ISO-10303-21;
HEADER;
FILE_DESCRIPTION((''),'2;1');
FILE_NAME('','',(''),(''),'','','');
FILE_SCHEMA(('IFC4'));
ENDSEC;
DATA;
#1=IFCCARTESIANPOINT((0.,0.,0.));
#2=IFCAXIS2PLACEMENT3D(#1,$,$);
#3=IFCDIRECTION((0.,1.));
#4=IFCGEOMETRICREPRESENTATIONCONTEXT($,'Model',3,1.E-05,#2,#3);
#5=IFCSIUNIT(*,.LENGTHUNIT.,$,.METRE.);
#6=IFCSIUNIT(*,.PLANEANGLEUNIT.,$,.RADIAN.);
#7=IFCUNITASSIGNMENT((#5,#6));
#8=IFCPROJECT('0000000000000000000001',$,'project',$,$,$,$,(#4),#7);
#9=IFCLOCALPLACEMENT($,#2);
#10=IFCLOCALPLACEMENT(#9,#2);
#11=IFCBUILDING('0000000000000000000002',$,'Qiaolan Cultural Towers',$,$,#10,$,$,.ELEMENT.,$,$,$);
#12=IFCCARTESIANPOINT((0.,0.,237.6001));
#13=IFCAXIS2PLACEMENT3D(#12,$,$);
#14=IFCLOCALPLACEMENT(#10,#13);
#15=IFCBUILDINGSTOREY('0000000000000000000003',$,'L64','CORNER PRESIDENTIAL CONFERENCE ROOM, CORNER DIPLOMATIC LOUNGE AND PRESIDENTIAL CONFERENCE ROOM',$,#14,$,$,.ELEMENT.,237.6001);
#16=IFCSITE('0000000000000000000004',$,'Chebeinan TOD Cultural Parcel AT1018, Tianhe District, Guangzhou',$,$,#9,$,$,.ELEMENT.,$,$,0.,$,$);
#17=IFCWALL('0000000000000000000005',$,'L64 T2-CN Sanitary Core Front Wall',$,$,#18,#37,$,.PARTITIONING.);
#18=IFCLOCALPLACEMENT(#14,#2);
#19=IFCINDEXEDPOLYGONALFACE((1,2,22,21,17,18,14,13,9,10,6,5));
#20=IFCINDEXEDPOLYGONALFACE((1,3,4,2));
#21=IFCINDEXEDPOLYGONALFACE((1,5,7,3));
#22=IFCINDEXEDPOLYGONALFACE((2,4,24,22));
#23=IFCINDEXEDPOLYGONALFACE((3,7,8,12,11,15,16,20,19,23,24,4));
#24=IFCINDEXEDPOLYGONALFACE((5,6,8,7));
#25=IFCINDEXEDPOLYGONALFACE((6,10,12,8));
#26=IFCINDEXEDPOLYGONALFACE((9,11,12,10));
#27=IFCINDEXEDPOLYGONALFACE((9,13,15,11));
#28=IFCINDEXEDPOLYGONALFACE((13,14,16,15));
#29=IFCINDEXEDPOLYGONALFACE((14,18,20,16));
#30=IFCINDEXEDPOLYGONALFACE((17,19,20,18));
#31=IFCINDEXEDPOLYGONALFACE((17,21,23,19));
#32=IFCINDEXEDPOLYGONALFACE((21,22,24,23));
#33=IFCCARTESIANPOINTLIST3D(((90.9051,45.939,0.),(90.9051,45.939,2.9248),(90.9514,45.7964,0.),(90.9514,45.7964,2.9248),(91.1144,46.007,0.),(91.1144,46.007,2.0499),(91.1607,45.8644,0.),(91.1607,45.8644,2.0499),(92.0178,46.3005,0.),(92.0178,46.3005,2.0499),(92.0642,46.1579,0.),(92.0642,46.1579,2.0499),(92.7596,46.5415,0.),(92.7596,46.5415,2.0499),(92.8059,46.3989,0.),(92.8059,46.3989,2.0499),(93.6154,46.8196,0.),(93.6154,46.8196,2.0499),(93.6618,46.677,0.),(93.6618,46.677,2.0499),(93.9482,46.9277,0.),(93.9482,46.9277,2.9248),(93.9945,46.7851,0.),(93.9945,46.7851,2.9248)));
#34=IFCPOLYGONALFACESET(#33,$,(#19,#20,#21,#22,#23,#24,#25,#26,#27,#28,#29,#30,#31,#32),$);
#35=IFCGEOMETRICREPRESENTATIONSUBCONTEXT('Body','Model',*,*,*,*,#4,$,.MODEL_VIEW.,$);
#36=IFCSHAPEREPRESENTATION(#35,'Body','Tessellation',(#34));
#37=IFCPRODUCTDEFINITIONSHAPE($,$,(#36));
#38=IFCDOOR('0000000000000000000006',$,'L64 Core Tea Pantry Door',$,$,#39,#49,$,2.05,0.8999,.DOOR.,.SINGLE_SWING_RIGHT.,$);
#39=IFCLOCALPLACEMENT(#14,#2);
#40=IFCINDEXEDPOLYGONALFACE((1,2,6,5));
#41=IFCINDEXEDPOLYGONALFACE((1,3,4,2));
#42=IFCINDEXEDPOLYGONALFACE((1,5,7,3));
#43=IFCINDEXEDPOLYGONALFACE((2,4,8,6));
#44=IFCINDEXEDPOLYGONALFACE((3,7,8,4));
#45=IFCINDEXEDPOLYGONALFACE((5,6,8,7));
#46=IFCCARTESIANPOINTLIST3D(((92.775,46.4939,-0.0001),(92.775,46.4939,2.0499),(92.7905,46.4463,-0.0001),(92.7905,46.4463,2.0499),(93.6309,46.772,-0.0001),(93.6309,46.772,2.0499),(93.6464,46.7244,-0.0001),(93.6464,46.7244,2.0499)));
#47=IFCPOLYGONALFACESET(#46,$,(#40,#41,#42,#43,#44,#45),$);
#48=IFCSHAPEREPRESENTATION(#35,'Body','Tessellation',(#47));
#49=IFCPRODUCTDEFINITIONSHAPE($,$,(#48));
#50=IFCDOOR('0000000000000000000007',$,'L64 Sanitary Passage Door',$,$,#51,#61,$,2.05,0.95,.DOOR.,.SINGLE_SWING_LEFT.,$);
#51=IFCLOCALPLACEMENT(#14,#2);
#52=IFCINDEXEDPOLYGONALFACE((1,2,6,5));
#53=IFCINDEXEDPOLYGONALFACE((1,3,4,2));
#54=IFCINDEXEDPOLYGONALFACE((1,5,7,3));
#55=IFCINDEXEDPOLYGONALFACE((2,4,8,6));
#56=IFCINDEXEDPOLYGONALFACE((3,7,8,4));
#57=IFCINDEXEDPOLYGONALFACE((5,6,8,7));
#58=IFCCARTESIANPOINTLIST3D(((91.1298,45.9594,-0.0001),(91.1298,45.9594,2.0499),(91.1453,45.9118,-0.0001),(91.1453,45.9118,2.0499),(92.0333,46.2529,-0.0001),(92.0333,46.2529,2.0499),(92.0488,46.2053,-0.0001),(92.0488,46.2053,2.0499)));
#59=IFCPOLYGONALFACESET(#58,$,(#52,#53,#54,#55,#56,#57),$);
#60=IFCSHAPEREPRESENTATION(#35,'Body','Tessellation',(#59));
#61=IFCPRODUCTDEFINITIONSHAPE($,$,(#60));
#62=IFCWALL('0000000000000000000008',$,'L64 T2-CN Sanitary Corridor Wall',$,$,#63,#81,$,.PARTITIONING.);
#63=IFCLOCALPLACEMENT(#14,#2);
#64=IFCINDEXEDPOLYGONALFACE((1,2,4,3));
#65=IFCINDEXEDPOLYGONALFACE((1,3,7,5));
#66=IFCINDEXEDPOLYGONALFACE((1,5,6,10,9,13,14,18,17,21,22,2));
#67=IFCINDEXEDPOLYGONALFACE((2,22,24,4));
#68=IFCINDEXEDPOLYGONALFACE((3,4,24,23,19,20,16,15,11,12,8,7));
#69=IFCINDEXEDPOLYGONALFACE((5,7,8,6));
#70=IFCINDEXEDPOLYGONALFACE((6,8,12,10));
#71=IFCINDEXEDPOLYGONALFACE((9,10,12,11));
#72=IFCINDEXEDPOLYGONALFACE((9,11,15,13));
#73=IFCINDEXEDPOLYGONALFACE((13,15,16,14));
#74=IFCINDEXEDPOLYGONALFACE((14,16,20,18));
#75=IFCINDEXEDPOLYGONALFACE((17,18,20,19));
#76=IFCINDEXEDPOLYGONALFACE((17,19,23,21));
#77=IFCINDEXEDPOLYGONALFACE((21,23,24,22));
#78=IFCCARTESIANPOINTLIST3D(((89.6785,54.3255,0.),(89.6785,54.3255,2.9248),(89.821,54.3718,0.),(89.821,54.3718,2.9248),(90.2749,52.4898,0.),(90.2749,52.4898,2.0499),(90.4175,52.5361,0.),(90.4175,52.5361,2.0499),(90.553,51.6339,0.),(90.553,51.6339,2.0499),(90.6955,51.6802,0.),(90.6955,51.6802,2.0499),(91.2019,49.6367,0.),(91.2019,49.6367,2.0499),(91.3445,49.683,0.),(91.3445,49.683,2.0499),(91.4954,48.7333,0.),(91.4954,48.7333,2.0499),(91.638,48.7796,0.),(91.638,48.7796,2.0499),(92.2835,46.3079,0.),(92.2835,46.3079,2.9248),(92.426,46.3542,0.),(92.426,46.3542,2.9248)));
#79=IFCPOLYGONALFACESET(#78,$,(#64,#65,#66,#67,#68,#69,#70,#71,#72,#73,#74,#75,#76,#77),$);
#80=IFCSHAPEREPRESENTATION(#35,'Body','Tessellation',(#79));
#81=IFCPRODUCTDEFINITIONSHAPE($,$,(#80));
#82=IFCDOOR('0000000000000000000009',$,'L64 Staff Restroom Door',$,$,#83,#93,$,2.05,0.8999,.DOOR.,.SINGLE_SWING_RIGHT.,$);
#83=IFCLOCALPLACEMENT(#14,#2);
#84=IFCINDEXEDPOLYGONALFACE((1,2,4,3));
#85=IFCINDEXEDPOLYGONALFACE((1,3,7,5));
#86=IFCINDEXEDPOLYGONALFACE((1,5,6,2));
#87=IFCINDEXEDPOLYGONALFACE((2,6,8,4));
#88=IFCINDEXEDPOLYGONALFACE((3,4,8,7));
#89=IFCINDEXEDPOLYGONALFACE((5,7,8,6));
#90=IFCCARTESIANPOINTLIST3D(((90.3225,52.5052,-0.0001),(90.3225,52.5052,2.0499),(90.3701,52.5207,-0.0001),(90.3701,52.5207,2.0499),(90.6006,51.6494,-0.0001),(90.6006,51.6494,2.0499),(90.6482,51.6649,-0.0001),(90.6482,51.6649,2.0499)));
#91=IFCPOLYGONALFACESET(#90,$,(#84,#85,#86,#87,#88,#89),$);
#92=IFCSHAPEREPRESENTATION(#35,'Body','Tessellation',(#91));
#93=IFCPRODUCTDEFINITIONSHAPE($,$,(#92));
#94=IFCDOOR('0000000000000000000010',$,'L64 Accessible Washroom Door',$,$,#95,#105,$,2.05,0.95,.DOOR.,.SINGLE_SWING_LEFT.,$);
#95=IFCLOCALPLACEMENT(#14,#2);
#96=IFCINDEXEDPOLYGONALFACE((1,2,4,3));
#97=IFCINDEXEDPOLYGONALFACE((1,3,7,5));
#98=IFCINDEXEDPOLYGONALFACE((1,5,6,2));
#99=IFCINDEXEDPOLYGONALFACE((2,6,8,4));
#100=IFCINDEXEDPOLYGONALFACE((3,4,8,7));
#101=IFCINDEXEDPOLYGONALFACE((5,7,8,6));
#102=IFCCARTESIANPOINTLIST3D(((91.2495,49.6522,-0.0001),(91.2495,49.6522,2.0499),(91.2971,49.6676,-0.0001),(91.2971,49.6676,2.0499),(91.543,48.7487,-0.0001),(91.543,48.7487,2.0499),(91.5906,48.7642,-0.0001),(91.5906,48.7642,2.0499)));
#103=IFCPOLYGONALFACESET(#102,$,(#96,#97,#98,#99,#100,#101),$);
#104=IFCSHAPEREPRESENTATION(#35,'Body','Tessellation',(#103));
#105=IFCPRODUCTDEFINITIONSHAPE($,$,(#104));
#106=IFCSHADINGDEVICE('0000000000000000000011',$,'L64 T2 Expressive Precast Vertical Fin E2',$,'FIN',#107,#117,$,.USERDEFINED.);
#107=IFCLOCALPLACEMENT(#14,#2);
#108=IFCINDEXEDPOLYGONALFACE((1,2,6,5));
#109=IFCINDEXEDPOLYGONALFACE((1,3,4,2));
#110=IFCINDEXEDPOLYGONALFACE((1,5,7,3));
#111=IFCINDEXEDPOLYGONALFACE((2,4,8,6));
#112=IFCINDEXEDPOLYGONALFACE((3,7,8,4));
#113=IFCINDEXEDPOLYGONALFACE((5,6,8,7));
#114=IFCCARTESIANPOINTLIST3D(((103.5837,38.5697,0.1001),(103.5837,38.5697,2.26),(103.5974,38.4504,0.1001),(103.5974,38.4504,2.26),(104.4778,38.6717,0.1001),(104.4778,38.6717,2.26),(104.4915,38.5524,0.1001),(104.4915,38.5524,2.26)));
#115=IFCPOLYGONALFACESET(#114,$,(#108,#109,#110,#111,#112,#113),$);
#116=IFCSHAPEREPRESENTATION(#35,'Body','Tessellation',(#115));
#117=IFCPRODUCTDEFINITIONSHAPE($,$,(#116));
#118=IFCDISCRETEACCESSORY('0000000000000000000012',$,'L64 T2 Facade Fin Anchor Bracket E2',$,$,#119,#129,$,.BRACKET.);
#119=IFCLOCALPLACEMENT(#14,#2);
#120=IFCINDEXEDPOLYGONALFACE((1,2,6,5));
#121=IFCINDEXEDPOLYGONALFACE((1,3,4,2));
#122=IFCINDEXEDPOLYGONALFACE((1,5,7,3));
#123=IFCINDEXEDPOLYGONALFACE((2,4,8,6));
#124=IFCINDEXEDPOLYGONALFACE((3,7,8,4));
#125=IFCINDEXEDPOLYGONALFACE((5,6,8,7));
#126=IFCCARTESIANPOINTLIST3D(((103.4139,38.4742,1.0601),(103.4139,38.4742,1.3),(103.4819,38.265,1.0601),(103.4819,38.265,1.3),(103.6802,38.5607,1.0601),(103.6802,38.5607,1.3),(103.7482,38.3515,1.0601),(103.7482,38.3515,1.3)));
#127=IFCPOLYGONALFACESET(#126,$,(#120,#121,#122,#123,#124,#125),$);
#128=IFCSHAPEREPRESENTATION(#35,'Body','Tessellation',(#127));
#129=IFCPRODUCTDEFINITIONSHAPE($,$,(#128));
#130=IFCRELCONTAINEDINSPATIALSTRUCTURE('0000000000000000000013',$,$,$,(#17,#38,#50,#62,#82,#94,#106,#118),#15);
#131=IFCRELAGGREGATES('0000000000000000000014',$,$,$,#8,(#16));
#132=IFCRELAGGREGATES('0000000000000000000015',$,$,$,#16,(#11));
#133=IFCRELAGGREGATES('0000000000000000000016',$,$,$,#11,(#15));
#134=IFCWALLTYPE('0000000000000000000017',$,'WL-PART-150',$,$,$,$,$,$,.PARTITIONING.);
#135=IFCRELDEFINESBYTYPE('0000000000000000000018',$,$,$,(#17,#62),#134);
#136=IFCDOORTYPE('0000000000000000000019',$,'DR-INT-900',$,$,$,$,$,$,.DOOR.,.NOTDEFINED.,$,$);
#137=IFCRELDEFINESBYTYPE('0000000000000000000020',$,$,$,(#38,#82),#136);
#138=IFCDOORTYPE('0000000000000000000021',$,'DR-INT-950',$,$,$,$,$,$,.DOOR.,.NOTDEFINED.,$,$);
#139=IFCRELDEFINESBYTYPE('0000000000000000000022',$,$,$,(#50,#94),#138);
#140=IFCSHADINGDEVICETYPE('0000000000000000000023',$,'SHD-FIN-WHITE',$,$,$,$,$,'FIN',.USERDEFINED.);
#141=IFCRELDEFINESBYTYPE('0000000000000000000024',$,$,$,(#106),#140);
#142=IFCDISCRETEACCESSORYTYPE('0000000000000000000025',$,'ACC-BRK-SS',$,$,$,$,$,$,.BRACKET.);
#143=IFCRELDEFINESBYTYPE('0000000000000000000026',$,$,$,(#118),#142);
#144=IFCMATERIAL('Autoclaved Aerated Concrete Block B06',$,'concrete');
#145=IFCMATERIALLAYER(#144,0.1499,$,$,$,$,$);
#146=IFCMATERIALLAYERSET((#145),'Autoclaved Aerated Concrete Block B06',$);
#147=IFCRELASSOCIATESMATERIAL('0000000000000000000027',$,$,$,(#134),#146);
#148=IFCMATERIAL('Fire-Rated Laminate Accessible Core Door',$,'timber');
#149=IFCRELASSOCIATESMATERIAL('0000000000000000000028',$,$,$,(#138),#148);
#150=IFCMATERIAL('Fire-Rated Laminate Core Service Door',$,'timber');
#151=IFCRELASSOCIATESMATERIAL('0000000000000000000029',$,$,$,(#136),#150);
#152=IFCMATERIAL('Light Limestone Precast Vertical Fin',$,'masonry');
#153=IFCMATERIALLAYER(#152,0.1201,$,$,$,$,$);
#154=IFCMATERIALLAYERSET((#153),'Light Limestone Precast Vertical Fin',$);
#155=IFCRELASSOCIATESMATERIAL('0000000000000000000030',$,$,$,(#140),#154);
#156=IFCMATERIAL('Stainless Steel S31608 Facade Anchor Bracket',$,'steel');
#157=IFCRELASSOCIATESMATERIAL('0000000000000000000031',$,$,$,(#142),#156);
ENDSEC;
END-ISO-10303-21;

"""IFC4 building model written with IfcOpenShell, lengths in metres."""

from ifc_helpers import new_model, si_unit, direction, frame, frame_2d, origin, origin_2d, place, context, subcontext, project, spatial, rectangle, extrude, material, layer, layer_set, type_object, element, fill, save


model = new_model("IFC4")

# Units and contexts
model_context = context("Model", 3, precision=1e-05, world=origin(), true_north=direction((0.0, 1.0)))
body_context = subcontext(model_context, "Body", "Model", "MODEL_VIEW")
ifc_project = project(units=[si_unit("LENGTHUNIT", "METRE"), si_unit("PLANEANGLEUNIT", "RADIAN")], contexts=[model_context])

# Site, building, storey
site_placement = place(None, origin())
site = spatial("IfcSite", under=ifc_project, at=site_placement, Name="Chebeinan TOD Cultural Parcel AT1018, Tianhe District, Guangzhou", CompositionType="ELEMENT", RefElevation=0.0)
building_placement = place(site_placement, origin())
building = spatial("IfcBuilding", under=site, at=building_placement, Name="Qiaolan Cultural Towers", CompositionType="ELEMENT")
storey_placement = place(building_placement, frame((0.0, 0.0, 237.6001)))
storey = spatial("IfcBuildingStorey", under=building, at=storey_placement, Name="L64", Description="CORNER PRESIDENTIAL CONFERENCE ROOM, CORNER DIPLOMATIC LOUNGE AND PRESIDENTIAL CONFERENCE ROOM", CompositionType="ELEMENT", Elevation=237.6001)

# Walls, openings, doors
ifc_material_1 = material(Name="Autoclaved Aerated Concrete Block B06", Category="concrete")
ifc_layer_1 = layer(ifc_material_1, 0.1499)
ifc_layer_set_1 = layer_set([ifc_layer_1], Name="Autoclaved Aerated Concrete Block B06")
wall_type_1 = type_object("IfcWallType", Name="WL-PART-150", PredefinedType="PARTITIONING", material=ifc_layer_set_1)
ifc_material_2 = material(Name="Fire-Rated Laminate Accessible Core Door", Category="timber")
door_type_1 = type_object("IfcDoorType", Name="DR-INT-950", OperationType="NOTDEFINED", PredefinedType="DOOR", material=ifc_material_2)
wall_1_placement = place(storey_placement, frame((90.9282, 45.8677, 0.0), z_axis=(0.0, 0.0, 1.0), x_axis=(0.951059, 0.309008, 0.0)))
wall_1 = element("IfcWall", 1, at=wall_1_placement, inside=storey, type_object=wall_type_1, Name="L64 T2-CN Sanitary Core Front Wall", PredefinedType="PARTITIONING", context=body_context, shape_type="SweptSolid", body=[
    extrude(rectangle(XDim=3.1997, YDim=0.1499, at=frame_2d((1.5999, 0.0))), origin(), (0.0, 0.0, 1.0), 2.9248),
])
opening_1_placement = place(wall_1_placement, frame((0.22, 0.0, 0.0)))
opening_1 = element("IfcOpeningElement", 2, at=opening_1_placement, cuts=wall_1, PredefinedType="OPENING", context=body_context, shape_type="SweptSolid", body=[
    extrude(rectangle(XDim=0.95, YDim=2.05, at=frame_2d((0.4751, 1.0249))), frame((0.0, 0.085, 0.0), z_axis=(0.0, -1.0, 0.0), x_axis=(1.0, 0.0, 0.0)), (0.0, 0.0, 1.0), 0.1699),
])
opening_2_placement = place(wall_1_placement, frame((1.95, 0.0, 0.0)))
opening_2 = element("IfcOpeningElement", 3, at=opening_2_placement, cuts=wall_1, PredefinedType="OPENING", context=body_context, shape_type="SweptSolid", body=[
    extrude(rectangle(XDim=0.8999, YDim=2.05, at=frame_2d((0.45, 1.0249))), frame((0.0, 0.085, 0.0), z_axis=(0.0, -1.0, 0.0), x_axis=(1.0, 0.0, 0.0)), (0.0, 0.0, 1.0), 0.1699),
])
ifc_material_3 = material(Name="Fire-Rated Laminate Core Service Door", Category="timber")
door_type_2 = type_object("IfcDoorType", Name="DR-INT-900", OperationType="NOTDEFINED", PredefinedType="DOOR", material=ifc_material_3)
door_1_placement = place(opening_2_placement, origin())
door_1 = element("IfcDoor", 4, at=door_1_placement, inside=storey, type_object=door_type_2, Name="L64 Core Tea Pantry Door", OperationType="SINGLE_SWING_RIGHT", OverallHeight=2.05, OverallWidth=0.8999, PredefinedType="DOOR", context=body_context, shape_type="SweptSolid", body=[
    extrude(rectangle(XDim=0.8999, YDim=2.05, at=frame_2d((0.45, 1.0249))), frame((0.0, 0.0249, 0.0), z_axis=(0.0, -1.0, 0.0), x_axis=(1.0, 0.0, 0.0)), (0.0, 0.0, 1.0), 0.05),
])
fill(opening_2, door_1)
door_2_placement = place(opening_1_placement, origin())
door_2 = element("IfcDoor", 5, at=door_2_placement, inside=storey, type_object=door_type_1, Name="L64 Sanitary Passage Door", OperationType="SINGLE_SWING_LEFT", OverallHeight=2.05, OverallWidth=0.95, PredefinedType="DOOR", context=body_context, shape_type="SweptSolid", body=[
    extrude(rectangle(XDim=0.95, YDim=2.05, at=frame_2d((0.4751, 1.0249))), frame((0.0, 0.0249, 0.0), z_axis=(0.0, -1.0, 0.0), x_axis=(1.0, 0.0, 0.0)), (0.0, 0.0, 1.0), 0.05),
])
fill(opening_1, door_2)
wall_2_placement = place(storey_placement, frame((92.3547, 46.3311, 0.0), z_axis=(0.0, 0.0, 1.0), x_axis=(-0.309007, 0.95106, 0.0)))
wall_2 = element("IfcWall", 6, at=wall_2_placement, inside=storey, type_object=wall_type_1, Name="L64 T2-CN Sanitary Corridor Wall", PredefinedType="PARTITIONING", context=body_context, shape_type="SweptSolid", body=[
    extrude(rectangle(XDim=8.4302, YDim=0.1499, at=frame_2d((4.2151, 0.0))), origin(), (0.0, 0.0, 1.0), 2.9248),
])
opening_3_placement = place(wall_2_placement, frame((2.55, 0.0, 0.0)))
opening_3 = element("IfcOpeningElement", 7, at=opening_3_placement, cuts=wall_2, PredefinedType="OPENING", context=body_context, shape_type="SweptSolid", body=[
    extrude(rectangle(XDim=0.95, YDim=2.05, at=frame_2d((0.4751, 1.0249))), frame((0.0, 0.085, 0.0), z_axis=(0.0, -1.0, 0.0), x_axis=(1.0, 0.0, 0.0)), (0.0, 0.0, 1.0), 0.1699),
])
opening_4_placement = place(wall_2_placement, frame((5.6001, 0.0, 0.0)))
opening_4 = element("IfcOpeningElement", 8, at=opening_4_placement, cuts=wall_2, PredefinedType="OPENING", context=body_context, shape_type="SweptSolid", body=[
    extrude(rectangle(XDim=0.8999, YDim=2.05, at=frame_2d((0.45, 1.0249))), frame((0.0, 0.085, 0.0), z_axis=(0.0, -1.0, 0.0), x_axis=(1.0, 0.0, 0.0)), (0.0, 0.0, 1.0), 0.1699),
])
door_3_placement = place(opening_4_placement, origin())
door_3 = element("IfcDoor", 9, at=door_3_placement, inside=storey, type_object=door_type_2, Name="L64 Staff Restroom Door", OperationType="SINGLE_SWING_RIGHT", OverallHeight=2.05, OverallWidth=0.8999, PredefinedType="DOOR", context=body_context, shape_type="SweptSolid", body=[
    extrude(rectangle(XDim=0.8999, YDim=2.05, at=frame_2d((0.45, 1.0249))), frame((0.0, 0.0249, 0.0), z_axis=(0.0, -1.0, 0.0), x_axis=(1.0, 0.0, 0.0)), (0.0, 0.0, 1.0), 0.05),
])
fill(opening_4, door_3)
door_4_placement = place(opening_3_placement, origin())
door_4 = element("IfcDoor", 10, at=door_4_placement, inside=storey, type_object=door_type_1, Name="L64 Accessible Washroom Door", OperationType="SINGLE_SWING_LEFT", OverallHeight=2.05, OverallWidth=0.95, PredefinedType="DOOR", context=body_context, shape_type="SweptSolid", body=[
    extrude(rectangle(XDim=0.95, YDim=2.05, at=frame_2d((0.4751, 1.0249))), frame((0.0, 0.0249, 0.0), z_axis=(0.0, -1.0, 0.0), x_axis=(1.0, 0.0, 0.0)), (0.0, 0.0, 1.0), 0.05),
])
fill(opening_3, door_4)

# Shading device
ifc_material_4 = material(Name="Light Limestone Precast Vertical Fin", Category="masonry")
ifc_layer_2 = layer(ifc_material_4, 0.1201)
ifc_layer_set_2 = layer_set([ifc_layer_2], Name="Light Limestone Precast Vertical Fin")
shading_device_type = type_object("IfcShadingDeviceType", Name="SHD-FIN-WHITE", ElementType="FIN", PredefinedType="USERDEFINED", material=ifc_layer_set_2)
shading_device_placement = place(storey_placement, frame((104.0376, 38.561, 0.1001), z_axis=(0.0, 0.0, 1.0), x_axis=(0.993553, 0.113365, 0.0)))
element("IfcShadingDevice", 11, at=shading_device_placement, inside=storey, type_object=shading_device_type, Name="L64 T2 Expressive Precast Vertical Fin E2", ObjectType="FIN", PredefinedType="USERDEFINED", context=body_context, shape_type="SweptSolid", body=[
    extrude(rectangle(XDim=0.8999, YDim=0.1201, at=origin_2d()), origin(), (0.0, 0.0, 1.0), 2.1599),
])

# Discrete accessory
ifc_material_5 = material(Name="Stainless Steel S31608 Facade Anchor Bracket", Category="steel")
discrete_accessory_type = type_object("IfcDiscreteAccessoryType", Name="ACC-BRK-SS", PredefinedType="BRACKET", material=ifc_material_5)
discrete_accessory_placement = place(storey_placement, frame((103.5811, 38.4128, 1.0601), z_axis=(0.0, 0.0, 1.0), x_axis=(0.951057, 0.309017, 0.0)))
element("IfcDiscreteAccessory", 12, at=discrete_accessory_placement, inside=storey, type_object=discrete_accessory_type, Name="L64 T2 Facade Fin Anchor Bracket E2", PredefinedType="BRACKET", context=body_context, shape_type="SweptSolid", body=[
    extrude(rectangle(XDim=0.28, YDim=0.22, at=origin_2d()), origin(), (0.0, 0.0, 1.0), 0.24),
])

save(model, "model.ifc")
